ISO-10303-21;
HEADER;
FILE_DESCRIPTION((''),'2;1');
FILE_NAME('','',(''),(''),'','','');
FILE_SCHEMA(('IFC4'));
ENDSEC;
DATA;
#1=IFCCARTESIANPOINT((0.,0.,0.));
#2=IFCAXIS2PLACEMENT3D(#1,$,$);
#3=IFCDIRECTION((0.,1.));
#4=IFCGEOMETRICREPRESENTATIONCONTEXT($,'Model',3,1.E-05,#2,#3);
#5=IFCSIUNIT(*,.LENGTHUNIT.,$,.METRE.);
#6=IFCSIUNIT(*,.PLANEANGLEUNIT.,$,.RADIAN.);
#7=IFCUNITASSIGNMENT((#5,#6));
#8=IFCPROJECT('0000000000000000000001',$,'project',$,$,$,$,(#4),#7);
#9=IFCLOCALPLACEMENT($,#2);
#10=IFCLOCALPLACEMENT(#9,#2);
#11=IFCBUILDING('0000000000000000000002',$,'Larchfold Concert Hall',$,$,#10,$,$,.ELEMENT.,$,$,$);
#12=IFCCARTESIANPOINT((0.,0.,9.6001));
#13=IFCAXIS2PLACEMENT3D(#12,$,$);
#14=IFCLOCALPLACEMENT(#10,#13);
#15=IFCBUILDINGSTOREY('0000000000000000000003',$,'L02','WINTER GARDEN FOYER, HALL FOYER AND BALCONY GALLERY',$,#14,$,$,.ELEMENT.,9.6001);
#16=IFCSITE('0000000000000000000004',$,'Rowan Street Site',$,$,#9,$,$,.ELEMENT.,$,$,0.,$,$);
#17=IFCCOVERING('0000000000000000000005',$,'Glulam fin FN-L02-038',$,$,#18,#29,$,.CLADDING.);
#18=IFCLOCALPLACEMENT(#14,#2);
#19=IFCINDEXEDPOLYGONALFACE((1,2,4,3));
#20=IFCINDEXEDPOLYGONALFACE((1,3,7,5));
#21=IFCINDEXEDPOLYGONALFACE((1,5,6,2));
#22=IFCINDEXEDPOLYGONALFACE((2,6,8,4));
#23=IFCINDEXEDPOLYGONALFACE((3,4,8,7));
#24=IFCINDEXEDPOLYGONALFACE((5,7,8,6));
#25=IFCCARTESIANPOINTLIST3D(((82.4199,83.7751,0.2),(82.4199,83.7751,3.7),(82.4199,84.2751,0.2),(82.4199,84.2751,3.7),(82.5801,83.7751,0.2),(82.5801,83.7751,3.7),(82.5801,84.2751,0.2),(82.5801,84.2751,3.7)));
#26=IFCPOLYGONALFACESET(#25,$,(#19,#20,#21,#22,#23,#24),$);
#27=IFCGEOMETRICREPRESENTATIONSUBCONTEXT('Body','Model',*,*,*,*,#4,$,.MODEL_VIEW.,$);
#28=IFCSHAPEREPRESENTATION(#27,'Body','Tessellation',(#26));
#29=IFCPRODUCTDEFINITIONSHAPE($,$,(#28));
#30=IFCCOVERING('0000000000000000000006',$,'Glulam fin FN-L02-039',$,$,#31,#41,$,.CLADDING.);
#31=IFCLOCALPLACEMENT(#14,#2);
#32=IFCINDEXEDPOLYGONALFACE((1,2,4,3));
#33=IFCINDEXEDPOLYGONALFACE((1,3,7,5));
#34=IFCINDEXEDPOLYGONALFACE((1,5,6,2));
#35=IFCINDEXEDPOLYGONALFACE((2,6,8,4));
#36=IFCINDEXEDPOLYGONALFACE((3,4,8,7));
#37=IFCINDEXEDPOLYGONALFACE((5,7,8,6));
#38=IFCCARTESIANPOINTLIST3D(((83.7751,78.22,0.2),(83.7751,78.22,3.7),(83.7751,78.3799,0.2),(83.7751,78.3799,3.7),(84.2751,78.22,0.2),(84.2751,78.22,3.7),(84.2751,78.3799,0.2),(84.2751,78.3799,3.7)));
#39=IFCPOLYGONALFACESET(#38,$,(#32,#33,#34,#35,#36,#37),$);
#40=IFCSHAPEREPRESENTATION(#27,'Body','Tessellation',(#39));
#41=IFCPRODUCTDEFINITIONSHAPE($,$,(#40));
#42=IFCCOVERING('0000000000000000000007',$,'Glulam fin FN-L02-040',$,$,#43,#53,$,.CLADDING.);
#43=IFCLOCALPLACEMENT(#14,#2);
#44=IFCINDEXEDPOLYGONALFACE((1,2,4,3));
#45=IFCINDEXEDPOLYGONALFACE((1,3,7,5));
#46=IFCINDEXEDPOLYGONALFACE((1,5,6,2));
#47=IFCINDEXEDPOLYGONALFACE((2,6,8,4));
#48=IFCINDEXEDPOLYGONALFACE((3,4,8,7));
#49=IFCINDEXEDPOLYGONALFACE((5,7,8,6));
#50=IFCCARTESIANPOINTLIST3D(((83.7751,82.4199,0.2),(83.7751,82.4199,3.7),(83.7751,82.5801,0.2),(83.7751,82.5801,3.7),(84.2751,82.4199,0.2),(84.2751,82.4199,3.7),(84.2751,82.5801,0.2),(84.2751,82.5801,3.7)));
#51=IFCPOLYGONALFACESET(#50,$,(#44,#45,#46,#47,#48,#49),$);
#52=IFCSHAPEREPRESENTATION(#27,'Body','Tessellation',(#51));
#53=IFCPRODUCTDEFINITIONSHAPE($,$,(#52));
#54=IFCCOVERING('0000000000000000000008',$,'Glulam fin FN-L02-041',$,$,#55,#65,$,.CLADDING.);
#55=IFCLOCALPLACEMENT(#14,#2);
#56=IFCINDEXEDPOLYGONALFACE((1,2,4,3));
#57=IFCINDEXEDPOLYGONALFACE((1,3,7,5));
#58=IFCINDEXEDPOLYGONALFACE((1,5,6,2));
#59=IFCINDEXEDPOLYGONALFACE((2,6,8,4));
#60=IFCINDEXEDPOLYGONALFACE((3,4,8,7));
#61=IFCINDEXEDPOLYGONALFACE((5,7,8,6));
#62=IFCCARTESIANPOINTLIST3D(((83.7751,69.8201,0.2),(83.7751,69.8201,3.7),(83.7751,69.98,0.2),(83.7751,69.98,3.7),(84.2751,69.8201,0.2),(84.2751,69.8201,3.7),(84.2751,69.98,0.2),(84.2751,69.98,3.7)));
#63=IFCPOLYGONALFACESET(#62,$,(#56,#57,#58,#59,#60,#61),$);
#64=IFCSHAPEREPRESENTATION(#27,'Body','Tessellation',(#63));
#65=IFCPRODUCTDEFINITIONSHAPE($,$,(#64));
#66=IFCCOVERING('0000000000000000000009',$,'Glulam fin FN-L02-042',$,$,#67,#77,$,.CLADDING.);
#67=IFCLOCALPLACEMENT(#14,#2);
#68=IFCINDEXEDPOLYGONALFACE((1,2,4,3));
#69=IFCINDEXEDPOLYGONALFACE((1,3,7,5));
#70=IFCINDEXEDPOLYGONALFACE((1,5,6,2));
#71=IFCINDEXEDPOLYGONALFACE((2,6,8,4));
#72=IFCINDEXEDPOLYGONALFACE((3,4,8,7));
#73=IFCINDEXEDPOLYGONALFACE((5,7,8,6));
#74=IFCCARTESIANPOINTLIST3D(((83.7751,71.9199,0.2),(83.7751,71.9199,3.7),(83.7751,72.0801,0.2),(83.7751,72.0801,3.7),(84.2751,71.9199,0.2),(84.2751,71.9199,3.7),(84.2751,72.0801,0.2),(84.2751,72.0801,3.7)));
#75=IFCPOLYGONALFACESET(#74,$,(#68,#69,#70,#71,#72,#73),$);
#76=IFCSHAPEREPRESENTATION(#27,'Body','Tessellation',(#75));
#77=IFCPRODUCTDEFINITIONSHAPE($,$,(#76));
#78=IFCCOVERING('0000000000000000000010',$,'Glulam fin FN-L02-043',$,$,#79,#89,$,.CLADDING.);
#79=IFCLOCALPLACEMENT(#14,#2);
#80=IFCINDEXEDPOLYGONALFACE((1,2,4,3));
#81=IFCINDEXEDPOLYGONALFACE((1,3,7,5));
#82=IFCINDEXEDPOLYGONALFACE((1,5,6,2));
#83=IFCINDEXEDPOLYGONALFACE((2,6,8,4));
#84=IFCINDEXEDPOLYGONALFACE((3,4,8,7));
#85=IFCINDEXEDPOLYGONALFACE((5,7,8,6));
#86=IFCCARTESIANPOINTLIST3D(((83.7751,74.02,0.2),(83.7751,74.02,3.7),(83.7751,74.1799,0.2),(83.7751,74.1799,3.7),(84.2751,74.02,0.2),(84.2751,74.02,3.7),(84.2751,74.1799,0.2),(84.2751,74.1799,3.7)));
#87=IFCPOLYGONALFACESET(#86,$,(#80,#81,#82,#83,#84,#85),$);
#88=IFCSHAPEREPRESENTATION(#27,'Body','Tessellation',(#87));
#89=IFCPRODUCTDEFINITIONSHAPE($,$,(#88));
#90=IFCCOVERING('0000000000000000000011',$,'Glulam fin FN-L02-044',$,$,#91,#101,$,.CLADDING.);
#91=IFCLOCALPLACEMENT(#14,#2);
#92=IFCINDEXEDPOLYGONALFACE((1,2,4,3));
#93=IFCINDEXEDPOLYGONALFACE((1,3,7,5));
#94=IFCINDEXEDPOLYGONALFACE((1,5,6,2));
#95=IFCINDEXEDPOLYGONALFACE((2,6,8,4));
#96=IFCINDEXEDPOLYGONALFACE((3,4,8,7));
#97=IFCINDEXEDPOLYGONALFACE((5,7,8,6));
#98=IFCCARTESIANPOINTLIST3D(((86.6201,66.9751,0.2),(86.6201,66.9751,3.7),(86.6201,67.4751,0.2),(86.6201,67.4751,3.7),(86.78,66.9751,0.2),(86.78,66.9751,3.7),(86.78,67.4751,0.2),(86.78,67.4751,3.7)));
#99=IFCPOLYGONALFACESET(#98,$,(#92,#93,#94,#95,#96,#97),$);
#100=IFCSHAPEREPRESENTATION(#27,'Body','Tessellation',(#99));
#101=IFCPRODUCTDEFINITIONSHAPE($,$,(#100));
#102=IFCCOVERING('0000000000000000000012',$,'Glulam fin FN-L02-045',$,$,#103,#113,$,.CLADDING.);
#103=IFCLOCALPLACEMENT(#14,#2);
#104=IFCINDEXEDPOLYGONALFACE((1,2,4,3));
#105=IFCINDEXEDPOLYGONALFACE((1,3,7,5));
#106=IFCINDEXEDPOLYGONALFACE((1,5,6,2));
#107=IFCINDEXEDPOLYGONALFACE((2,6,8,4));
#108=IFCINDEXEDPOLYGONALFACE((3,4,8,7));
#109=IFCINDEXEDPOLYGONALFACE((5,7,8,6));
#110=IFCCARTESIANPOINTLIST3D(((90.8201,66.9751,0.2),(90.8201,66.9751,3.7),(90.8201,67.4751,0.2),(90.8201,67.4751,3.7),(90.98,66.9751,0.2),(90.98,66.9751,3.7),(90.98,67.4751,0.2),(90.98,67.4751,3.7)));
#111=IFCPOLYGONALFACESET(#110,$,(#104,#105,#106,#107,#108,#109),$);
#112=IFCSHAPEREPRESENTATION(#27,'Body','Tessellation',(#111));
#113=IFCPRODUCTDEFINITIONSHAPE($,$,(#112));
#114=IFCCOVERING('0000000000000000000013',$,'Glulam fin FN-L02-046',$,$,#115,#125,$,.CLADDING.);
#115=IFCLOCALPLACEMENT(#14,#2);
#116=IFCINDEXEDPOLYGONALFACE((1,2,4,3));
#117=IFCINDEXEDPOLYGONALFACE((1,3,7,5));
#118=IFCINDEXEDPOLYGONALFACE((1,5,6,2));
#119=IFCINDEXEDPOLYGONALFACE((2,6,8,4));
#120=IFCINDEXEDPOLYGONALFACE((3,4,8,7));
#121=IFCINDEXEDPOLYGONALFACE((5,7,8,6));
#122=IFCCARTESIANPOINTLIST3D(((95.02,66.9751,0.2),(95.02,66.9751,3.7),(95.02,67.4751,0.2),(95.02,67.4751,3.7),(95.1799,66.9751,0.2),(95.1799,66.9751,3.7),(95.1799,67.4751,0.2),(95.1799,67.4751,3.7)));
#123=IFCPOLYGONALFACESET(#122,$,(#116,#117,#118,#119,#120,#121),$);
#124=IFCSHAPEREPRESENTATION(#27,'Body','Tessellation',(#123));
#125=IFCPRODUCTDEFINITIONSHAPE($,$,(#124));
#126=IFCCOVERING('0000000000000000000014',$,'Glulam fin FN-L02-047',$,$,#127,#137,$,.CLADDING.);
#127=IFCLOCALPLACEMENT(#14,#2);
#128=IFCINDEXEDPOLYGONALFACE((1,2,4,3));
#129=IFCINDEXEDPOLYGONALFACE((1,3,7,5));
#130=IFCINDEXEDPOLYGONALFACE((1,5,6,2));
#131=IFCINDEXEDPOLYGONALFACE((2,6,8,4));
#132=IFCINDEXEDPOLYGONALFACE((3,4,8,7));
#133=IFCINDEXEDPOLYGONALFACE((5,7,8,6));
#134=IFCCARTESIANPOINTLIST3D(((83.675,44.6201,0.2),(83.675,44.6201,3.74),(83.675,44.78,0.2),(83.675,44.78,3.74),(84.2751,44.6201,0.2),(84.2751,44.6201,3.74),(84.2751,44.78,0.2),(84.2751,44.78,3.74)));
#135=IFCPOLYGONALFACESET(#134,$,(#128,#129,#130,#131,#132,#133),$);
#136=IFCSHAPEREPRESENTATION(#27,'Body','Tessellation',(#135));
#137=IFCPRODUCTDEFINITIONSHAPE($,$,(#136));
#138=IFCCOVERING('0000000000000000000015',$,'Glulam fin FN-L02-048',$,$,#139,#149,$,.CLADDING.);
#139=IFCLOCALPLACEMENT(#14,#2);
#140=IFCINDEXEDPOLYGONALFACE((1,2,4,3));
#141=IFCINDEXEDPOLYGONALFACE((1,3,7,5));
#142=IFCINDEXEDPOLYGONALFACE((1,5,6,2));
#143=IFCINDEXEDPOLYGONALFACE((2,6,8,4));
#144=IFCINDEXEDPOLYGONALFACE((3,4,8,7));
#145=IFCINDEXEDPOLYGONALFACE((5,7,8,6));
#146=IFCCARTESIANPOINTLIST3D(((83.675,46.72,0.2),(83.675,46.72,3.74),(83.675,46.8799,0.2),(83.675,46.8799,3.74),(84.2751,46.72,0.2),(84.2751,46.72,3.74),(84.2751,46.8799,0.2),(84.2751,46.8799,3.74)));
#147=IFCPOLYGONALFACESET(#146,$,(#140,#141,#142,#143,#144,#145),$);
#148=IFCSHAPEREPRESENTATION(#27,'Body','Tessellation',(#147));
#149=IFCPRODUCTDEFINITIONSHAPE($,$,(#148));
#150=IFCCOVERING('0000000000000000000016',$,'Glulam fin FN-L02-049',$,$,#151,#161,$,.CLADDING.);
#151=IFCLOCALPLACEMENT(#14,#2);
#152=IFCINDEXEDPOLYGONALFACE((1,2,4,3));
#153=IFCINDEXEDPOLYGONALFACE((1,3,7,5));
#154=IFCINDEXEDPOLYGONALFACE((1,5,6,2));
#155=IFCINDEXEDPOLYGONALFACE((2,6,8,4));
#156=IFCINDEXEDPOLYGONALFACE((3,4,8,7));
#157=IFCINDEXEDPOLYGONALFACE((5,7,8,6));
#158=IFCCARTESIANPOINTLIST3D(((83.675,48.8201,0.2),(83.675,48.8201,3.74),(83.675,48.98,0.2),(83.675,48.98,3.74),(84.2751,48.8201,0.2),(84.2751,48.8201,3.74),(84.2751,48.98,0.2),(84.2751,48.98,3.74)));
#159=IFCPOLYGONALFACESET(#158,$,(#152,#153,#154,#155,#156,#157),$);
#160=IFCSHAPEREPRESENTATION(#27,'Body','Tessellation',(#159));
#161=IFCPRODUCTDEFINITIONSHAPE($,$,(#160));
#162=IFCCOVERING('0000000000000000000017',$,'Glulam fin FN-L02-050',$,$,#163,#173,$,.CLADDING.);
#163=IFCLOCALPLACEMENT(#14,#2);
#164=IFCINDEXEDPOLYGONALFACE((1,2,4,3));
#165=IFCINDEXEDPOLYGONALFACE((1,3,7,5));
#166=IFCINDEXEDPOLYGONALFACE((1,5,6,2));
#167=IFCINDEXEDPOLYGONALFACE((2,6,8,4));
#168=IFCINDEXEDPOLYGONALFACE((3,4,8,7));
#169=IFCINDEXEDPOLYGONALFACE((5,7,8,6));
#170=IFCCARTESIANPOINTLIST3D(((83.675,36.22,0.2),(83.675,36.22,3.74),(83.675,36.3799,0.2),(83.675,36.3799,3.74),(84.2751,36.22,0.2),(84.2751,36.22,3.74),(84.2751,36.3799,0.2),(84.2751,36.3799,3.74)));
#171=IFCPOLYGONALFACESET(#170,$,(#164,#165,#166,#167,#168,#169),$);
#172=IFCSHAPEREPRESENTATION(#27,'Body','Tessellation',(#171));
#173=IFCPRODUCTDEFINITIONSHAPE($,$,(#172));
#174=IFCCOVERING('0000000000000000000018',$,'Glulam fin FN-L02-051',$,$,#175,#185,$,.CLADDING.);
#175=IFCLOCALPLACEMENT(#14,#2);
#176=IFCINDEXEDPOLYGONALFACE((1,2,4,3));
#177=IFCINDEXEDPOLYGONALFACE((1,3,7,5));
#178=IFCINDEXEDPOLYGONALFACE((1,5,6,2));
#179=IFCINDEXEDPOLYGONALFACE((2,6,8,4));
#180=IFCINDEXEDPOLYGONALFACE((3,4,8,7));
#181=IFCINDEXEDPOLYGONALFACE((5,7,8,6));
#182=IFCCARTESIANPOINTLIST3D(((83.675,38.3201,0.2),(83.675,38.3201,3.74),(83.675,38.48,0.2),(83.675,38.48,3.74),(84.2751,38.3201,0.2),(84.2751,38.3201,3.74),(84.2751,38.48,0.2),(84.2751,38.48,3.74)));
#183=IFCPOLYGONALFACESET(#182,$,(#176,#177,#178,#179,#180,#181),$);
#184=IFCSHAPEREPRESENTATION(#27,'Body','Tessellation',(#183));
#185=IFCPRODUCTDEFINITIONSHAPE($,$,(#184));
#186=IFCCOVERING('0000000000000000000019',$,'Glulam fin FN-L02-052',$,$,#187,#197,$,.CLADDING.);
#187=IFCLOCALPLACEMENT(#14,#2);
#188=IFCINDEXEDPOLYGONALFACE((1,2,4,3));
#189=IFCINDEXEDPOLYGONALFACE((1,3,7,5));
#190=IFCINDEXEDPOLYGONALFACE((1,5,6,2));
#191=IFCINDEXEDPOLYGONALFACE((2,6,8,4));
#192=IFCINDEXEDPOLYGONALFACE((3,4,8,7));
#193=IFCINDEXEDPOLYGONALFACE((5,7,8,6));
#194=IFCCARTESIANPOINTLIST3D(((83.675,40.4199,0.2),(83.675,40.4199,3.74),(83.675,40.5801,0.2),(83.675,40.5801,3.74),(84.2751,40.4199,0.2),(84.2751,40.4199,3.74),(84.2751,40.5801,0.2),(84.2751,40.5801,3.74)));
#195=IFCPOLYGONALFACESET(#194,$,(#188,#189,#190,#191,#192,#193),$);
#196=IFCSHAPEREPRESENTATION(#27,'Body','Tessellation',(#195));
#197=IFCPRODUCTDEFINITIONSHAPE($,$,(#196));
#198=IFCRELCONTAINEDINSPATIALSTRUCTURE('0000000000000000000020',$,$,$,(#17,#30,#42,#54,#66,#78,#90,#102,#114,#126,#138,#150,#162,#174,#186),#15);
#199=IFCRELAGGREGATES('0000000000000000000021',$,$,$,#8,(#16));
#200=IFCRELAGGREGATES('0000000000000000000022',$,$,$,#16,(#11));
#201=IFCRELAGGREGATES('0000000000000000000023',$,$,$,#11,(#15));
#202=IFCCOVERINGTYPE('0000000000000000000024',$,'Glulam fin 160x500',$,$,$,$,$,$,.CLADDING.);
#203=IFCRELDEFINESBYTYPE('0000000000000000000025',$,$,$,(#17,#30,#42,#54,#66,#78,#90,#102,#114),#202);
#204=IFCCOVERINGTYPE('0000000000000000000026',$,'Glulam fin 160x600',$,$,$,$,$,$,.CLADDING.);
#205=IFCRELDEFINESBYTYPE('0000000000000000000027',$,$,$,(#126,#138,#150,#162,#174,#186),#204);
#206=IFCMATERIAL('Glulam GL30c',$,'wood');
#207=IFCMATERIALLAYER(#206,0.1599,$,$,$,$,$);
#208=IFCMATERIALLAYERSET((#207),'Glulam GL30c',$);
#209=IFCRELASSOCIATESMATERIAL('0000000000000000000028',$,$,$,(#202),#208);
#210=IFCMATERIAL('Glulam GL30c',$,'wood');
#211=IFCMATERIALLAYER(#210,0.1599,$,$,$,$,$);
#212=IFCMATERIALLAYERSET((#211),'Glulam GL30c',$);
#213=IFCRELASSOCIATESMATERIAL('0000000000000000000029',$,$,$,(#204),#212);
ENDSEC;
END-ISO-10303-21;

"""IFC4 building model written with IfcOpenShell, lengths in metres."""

from ifc_helpers import new_model, si_unit, direction, frame, origin, place, context, subcontext, project, spatial, polyline, outline, extrude, material, layer, layer_set, type_object, element, save


model = new_model("IFC4")

# Units and contexts
model_context = context("Model", 3, precision=1e-05, world=origin(), true_north=direction((0.0, 1.0)))
body_context = subcontext(model_context, "Body", "Model", "MODEL_VIEW")
ifc_project = project(units=[si_unit("LENGTHUNIT", "METRE"), si_unit("PLANEANGLEUNIT", "RADIAN")], contexts=[model_context])

# Site, building, storey
site_placement = place(None, origin())
site = spatial("IfcSite", under=ifc_project, at=site_placement, Name="Rowan Street Site", CompositionType="ELEMENT", RefElevation=0.0)
building_placement = place(site_placement, origin())
building = spatial("IfcBuilding", under=site, at=building_placement, Name="Larchfold Concert Hall", CompositionType="ELEMENT")
storey_placement = place(building_placement, frame((0.0, 0.0, 9.6001)))
storey = spatial("IfcBuildingStorey", under=building, at=storey_placement, Name="L02", Description="WINTER GARDEN FOYER, HALL FOYER AND BALCONY GALLERY", CompositionType="ELEMENT", Elevation=9.6001)

# Coverings
ifc_material_1 = material(Name="Glulam GL30c", Category="wood")
ifc_layer_1 = layer(ifc_material_1, 0.1599)
ifc_layer_set_1 = layer_set([ifc_layer_1], Name="Glulam GL30c")
covering_type_1 = type_object("IfcCoveringType", Name="Glulam fin 160x500", PredefinedType="CLADDING", material=ifc_layer_set_1)
covering_1_placement = place(storey_placement, frame((0.0, 0.0, 0.2)))
element("IfcCovering", 1, at=covering_1_placement, inside=storey, type_object=covering_type_1, Name="Glulam fin FN-L02-038", PredefinedType="CLADDING", context=body_context, shape_type="SweptSolid", body=[
    extrude(outline(polyline([(82.5801, 83.7751), (82.5801, 84.2751), (82.4199, 84.2751), (82.4199, 83.7751), (82.5801, 83.7751)])), origin(), (0.0, 0.0, 1.0), 3.5),
])
covering_2_placement = place(storey_placement, frame((0.0, 0.0, 0.2)))
element("IfcCovering", 2, at=covering_2_placement, inside=storey, type_object=covering_type_1, Name="Glulam fin FN-L02-039", PredefinedType="CLADDING", context=body_context, shape_type="SweptSolid", body=[
    extrude(outline(polyline([(84.2751, 78.22), (84.2751, 78.3799), (83.7751, 78.3799), (83.7751, 78.22), (84.2751, 78.22)])), origin(), (0.0, 0.0, 1.0), 3.5),
])
covering_3_placement = place(storey_placement, frame((0.0, 0.0, 0.2)))
element("IfcCovering", 3, at=covering_3_placement, inside=storey, type_object=covering_type_1, Name="Glulam fin FN-L02-040", PredefinedType="CLADDING", context=body_context, shape_type="SweptSolid", body=[
    extrude(outline(polyline([(84.2751, 82.4199), (84.2751, 82.5801), (83.7751, 82.5801), (83.7751, 82.4199), (84.2751, 82.4199)])), origin(), (0.0, 0.0, 1.0), 3.5),
])
covering_4_placement = place(storey_placement, frame((0.0, 0.0, 0.2)))
element("IfcCovering", 4, at=covering_4_placement, inside=storey, type_object=covering_type_1, Name="Glulam fin FN-L02-041", PredefinedType="CLADDING", context=body_context, shape_type="SweptSolid", body=[
    extrude(outline(polyline([(84.2751, 69.8201), (84.2751, 69.98), (83.7751, 69.98), (83.7751, 69.8201), (84.2751, 69.8201)])), origin(), (0.0, 0.0, 1.0), 3.5),
])
covering_5_placement = place(storey_placement, frame((0.0, 0.0, 0.2)))
element("IfcCovering", 5, at=covering_5_placement, inside=storey, type_object=covering_type_1, Name="Glulam fin FN-L02-042", PredefinedType="CLADDING", context=body_context, shape_type="SweptSolid", body=[
    extrude(outline(polyline([(84.2751, 71.9199), (84.2751, 72.0801), (83.7751, 72.0801), (83.7751, 71.9199), (84.2751, 71.9199)])), origin(), (0.0, 0.0, 1.0), 3.5),
])
covering_6_placement = place(storey_placement, frame((0.0, 0.0, 0.2)))
element("IfcCovering", 6, at=covering_6_placement, inside=storey, type_object=covering_type_1, Name="Glulam fin FN-L02-043", PredefinedType="CLADDING", context=body_context, shape_type="SweptSolid", body=[
    extrude(outline(polyline([(84.2751, 74.02), (84.2751, 74.1799), (83.7751, 74.1799), (83.7751, 74.02), (84.2751, 74.02)])), origin(), (0.0, 0.0, 1.0), 3.5),
])
covering_7_placement = place(storey_placement, frame((0.0, 0.0, 0.2)))
element("IfcCovering", 7, at=covering_7_placement, inside=storey, type_object=covering_type_1, Name="Glulam fin FN-L02-044", PredefinedType="CLADDING", context=body_context, shape_type="SweptSolid", body=[
    extrude(outline(polyline([(86.78, 66.9751), (86.78, 67.4751), (86.6201, 67.4751), (86.6201, 66.9751), (86.78, 66.9751)])), origin(), (0.0, 0.0, 1.0), 3.5),
])
covering_8_placement = place(storey_placement, frame((0.0, 0.0, 0.2)))
element("IfcCovering", 8, at=covering_8_placement, inside=storey, type_object=covering_type_1, Name="Glulam fin FN-L02-045", PredefinedType="CLADDING", context=body_context, shape_type="SweptSolid", body=[
    extrude(outline(polyline([(90.98, 66.9751), (90.98, 67.4751), (90.8201, 67.4751), (90.8201, 66.9751), (90.98, 66.9751)])), origin(), (0.0, 0.0, 1.0), 3.5),
])
covering_9_placement = place(storey_placement, frame((0.0, 0.0, 0.2)))
element("IfcCovering", 9, at=covering_9_placement, inside=storey, type_object=covering_type_1, Name="Glulam fin FN-L02-046", PredefinedType="CLADDING", context=body_context, shape_type="SweptSolid", body=[
    extrude(outline(polyline([(95.1799, 66.9751), (95.1799, 67.4751), (95.02, 67.4751), (95.02, 66.9751), (95.1799, 66.9751)])), origin(), (0.0, 0.0, 1.0), 3.5),
])
ifc_material_2 = material(Name="Glulam GL30c", Category="wood")
ifc_layer_2 = layer(ifc_material_2, 0.1599)
ifc_layer_set_2 = layer_set([ifc_layer_2], Name="Glulam GL30c")
covering_type_2 = type_object("IfcCoveringType", Name="Glulam fin 160x600", PredefinedType="CLADDING", material=ifc_layer_set_2)
covering_10_placement = place(storey_placement, frame((0.0, 0.0, 0.2)))
element("IfcCovering", 10, at=covering_10_placement, inside=storey, type_object=covering_type_2, Name="Glulam fin FN-L02-047", PredefinedType="CLADDING", context=body_context, shape_type="SweptSolid", body=[
    extrude(outline(polyline([(84.2751, 44.6201), (84.2751, 44.78), (83.675, 44.78), (83.675, 44.6201), (84.2751, 44.6201)])), origin(), (0.0, 0.0, 1.0), 3.54),
])
covering_11_placement = place(storey_placement, frame((0.0, 0.0, 0.2)))
element("IfcCovering", 11, at=covering_11_placement, inside=storey, type_object=covering_type_2, Name="Glulam fin FN-L02-048", PredefinedType="CLADDING", context=body_context, shape_type="SweptSolid", body=[
    extrude(outline(polyline([(84.2751, 46.72), (84.2751, 46.8799), (83.675, 46.8799), (83.675, 46.72), (84.2751, 46.72)])), origin(), (0.0, 0.0, 1.0), 3.54),
])
covering_12_placement = place(storey_placement, frame((0.0, 0.0, 0.2)))
element("IfcCovering", 12, at=covering_12_placement, inside=storey, type_object=covering_type_2, Name="Glulam fin FN-L02-049", PredefinedType="CLADDING", context=body_context, shape_type="SweptSolid", body=[
    extrude(outline(polyline([(84.2751, 48.8201), (84.2751, 48.98), (83.675, 48.98), (83.675, 48.8201), (84.2751, 48.8201)])), origin(), (0.0, 0.0, 1.0), 3.54),
])
covering_13_placement = place(storey_placement, frame((0.0, 0.0, 0.2)))
element("IfcCovering", 13, at=covering_13_placement, inside=storey, type_object=covering_type_2, Name="Glulam fin FN-L02-050", PredefinedType="CLADDING", context=body_context, shape_type="SweptSolid", body=[
    extrude(outline(polyline([(84.2751, 36.22), (84.2751, 36.3799), (83.675, 36.3799), (83.675, 36.22), (84.2751, 36.22)])), origin(), (0.0, 0.0, 1.0), 3.54),
])
covering_14_placement = place(storey_placement, frame((0.0, 0.0, 0.2)))
element("IfcCovering", 14, at=covering_14_placement, inside=storey, type_object=covering_type_2, Name="Glulam fin FN-L02-051", PredefinedType="CLADDING", context=body_context, shape_type="SweptSolid", body=[
    extrude(outline(polyline([(84.2751, 38.3201), (84.2751, 38.48), (83.675, 38.48), (83.675, 38.3201), (84.2751, 38.3201)])), origin(), (0.0, 0.0, 1.0), 3.54),
])
covering_15_placement = place(storey_placement, frame((0.0, 0.0, 0.2)))
element("IfcCovering", 15, at=covering_15_placement, inside=storey, type_object=covering_type_2, Name="Glulam fin FN-L02-052", PredefinedType="CLADDING", context=body_context, shape_type="SweptSolid", body=[
    extrude(outline(polyline([(84.2751, 40.4199), (84.2751, 40.5801), (83.675, 40.5801), (83.675, 40.4199), (84.2751, 40.4199)])), origin(), (0.0, 0.0, 1.0), 3.54),
])

save(model, "model.ifc")
